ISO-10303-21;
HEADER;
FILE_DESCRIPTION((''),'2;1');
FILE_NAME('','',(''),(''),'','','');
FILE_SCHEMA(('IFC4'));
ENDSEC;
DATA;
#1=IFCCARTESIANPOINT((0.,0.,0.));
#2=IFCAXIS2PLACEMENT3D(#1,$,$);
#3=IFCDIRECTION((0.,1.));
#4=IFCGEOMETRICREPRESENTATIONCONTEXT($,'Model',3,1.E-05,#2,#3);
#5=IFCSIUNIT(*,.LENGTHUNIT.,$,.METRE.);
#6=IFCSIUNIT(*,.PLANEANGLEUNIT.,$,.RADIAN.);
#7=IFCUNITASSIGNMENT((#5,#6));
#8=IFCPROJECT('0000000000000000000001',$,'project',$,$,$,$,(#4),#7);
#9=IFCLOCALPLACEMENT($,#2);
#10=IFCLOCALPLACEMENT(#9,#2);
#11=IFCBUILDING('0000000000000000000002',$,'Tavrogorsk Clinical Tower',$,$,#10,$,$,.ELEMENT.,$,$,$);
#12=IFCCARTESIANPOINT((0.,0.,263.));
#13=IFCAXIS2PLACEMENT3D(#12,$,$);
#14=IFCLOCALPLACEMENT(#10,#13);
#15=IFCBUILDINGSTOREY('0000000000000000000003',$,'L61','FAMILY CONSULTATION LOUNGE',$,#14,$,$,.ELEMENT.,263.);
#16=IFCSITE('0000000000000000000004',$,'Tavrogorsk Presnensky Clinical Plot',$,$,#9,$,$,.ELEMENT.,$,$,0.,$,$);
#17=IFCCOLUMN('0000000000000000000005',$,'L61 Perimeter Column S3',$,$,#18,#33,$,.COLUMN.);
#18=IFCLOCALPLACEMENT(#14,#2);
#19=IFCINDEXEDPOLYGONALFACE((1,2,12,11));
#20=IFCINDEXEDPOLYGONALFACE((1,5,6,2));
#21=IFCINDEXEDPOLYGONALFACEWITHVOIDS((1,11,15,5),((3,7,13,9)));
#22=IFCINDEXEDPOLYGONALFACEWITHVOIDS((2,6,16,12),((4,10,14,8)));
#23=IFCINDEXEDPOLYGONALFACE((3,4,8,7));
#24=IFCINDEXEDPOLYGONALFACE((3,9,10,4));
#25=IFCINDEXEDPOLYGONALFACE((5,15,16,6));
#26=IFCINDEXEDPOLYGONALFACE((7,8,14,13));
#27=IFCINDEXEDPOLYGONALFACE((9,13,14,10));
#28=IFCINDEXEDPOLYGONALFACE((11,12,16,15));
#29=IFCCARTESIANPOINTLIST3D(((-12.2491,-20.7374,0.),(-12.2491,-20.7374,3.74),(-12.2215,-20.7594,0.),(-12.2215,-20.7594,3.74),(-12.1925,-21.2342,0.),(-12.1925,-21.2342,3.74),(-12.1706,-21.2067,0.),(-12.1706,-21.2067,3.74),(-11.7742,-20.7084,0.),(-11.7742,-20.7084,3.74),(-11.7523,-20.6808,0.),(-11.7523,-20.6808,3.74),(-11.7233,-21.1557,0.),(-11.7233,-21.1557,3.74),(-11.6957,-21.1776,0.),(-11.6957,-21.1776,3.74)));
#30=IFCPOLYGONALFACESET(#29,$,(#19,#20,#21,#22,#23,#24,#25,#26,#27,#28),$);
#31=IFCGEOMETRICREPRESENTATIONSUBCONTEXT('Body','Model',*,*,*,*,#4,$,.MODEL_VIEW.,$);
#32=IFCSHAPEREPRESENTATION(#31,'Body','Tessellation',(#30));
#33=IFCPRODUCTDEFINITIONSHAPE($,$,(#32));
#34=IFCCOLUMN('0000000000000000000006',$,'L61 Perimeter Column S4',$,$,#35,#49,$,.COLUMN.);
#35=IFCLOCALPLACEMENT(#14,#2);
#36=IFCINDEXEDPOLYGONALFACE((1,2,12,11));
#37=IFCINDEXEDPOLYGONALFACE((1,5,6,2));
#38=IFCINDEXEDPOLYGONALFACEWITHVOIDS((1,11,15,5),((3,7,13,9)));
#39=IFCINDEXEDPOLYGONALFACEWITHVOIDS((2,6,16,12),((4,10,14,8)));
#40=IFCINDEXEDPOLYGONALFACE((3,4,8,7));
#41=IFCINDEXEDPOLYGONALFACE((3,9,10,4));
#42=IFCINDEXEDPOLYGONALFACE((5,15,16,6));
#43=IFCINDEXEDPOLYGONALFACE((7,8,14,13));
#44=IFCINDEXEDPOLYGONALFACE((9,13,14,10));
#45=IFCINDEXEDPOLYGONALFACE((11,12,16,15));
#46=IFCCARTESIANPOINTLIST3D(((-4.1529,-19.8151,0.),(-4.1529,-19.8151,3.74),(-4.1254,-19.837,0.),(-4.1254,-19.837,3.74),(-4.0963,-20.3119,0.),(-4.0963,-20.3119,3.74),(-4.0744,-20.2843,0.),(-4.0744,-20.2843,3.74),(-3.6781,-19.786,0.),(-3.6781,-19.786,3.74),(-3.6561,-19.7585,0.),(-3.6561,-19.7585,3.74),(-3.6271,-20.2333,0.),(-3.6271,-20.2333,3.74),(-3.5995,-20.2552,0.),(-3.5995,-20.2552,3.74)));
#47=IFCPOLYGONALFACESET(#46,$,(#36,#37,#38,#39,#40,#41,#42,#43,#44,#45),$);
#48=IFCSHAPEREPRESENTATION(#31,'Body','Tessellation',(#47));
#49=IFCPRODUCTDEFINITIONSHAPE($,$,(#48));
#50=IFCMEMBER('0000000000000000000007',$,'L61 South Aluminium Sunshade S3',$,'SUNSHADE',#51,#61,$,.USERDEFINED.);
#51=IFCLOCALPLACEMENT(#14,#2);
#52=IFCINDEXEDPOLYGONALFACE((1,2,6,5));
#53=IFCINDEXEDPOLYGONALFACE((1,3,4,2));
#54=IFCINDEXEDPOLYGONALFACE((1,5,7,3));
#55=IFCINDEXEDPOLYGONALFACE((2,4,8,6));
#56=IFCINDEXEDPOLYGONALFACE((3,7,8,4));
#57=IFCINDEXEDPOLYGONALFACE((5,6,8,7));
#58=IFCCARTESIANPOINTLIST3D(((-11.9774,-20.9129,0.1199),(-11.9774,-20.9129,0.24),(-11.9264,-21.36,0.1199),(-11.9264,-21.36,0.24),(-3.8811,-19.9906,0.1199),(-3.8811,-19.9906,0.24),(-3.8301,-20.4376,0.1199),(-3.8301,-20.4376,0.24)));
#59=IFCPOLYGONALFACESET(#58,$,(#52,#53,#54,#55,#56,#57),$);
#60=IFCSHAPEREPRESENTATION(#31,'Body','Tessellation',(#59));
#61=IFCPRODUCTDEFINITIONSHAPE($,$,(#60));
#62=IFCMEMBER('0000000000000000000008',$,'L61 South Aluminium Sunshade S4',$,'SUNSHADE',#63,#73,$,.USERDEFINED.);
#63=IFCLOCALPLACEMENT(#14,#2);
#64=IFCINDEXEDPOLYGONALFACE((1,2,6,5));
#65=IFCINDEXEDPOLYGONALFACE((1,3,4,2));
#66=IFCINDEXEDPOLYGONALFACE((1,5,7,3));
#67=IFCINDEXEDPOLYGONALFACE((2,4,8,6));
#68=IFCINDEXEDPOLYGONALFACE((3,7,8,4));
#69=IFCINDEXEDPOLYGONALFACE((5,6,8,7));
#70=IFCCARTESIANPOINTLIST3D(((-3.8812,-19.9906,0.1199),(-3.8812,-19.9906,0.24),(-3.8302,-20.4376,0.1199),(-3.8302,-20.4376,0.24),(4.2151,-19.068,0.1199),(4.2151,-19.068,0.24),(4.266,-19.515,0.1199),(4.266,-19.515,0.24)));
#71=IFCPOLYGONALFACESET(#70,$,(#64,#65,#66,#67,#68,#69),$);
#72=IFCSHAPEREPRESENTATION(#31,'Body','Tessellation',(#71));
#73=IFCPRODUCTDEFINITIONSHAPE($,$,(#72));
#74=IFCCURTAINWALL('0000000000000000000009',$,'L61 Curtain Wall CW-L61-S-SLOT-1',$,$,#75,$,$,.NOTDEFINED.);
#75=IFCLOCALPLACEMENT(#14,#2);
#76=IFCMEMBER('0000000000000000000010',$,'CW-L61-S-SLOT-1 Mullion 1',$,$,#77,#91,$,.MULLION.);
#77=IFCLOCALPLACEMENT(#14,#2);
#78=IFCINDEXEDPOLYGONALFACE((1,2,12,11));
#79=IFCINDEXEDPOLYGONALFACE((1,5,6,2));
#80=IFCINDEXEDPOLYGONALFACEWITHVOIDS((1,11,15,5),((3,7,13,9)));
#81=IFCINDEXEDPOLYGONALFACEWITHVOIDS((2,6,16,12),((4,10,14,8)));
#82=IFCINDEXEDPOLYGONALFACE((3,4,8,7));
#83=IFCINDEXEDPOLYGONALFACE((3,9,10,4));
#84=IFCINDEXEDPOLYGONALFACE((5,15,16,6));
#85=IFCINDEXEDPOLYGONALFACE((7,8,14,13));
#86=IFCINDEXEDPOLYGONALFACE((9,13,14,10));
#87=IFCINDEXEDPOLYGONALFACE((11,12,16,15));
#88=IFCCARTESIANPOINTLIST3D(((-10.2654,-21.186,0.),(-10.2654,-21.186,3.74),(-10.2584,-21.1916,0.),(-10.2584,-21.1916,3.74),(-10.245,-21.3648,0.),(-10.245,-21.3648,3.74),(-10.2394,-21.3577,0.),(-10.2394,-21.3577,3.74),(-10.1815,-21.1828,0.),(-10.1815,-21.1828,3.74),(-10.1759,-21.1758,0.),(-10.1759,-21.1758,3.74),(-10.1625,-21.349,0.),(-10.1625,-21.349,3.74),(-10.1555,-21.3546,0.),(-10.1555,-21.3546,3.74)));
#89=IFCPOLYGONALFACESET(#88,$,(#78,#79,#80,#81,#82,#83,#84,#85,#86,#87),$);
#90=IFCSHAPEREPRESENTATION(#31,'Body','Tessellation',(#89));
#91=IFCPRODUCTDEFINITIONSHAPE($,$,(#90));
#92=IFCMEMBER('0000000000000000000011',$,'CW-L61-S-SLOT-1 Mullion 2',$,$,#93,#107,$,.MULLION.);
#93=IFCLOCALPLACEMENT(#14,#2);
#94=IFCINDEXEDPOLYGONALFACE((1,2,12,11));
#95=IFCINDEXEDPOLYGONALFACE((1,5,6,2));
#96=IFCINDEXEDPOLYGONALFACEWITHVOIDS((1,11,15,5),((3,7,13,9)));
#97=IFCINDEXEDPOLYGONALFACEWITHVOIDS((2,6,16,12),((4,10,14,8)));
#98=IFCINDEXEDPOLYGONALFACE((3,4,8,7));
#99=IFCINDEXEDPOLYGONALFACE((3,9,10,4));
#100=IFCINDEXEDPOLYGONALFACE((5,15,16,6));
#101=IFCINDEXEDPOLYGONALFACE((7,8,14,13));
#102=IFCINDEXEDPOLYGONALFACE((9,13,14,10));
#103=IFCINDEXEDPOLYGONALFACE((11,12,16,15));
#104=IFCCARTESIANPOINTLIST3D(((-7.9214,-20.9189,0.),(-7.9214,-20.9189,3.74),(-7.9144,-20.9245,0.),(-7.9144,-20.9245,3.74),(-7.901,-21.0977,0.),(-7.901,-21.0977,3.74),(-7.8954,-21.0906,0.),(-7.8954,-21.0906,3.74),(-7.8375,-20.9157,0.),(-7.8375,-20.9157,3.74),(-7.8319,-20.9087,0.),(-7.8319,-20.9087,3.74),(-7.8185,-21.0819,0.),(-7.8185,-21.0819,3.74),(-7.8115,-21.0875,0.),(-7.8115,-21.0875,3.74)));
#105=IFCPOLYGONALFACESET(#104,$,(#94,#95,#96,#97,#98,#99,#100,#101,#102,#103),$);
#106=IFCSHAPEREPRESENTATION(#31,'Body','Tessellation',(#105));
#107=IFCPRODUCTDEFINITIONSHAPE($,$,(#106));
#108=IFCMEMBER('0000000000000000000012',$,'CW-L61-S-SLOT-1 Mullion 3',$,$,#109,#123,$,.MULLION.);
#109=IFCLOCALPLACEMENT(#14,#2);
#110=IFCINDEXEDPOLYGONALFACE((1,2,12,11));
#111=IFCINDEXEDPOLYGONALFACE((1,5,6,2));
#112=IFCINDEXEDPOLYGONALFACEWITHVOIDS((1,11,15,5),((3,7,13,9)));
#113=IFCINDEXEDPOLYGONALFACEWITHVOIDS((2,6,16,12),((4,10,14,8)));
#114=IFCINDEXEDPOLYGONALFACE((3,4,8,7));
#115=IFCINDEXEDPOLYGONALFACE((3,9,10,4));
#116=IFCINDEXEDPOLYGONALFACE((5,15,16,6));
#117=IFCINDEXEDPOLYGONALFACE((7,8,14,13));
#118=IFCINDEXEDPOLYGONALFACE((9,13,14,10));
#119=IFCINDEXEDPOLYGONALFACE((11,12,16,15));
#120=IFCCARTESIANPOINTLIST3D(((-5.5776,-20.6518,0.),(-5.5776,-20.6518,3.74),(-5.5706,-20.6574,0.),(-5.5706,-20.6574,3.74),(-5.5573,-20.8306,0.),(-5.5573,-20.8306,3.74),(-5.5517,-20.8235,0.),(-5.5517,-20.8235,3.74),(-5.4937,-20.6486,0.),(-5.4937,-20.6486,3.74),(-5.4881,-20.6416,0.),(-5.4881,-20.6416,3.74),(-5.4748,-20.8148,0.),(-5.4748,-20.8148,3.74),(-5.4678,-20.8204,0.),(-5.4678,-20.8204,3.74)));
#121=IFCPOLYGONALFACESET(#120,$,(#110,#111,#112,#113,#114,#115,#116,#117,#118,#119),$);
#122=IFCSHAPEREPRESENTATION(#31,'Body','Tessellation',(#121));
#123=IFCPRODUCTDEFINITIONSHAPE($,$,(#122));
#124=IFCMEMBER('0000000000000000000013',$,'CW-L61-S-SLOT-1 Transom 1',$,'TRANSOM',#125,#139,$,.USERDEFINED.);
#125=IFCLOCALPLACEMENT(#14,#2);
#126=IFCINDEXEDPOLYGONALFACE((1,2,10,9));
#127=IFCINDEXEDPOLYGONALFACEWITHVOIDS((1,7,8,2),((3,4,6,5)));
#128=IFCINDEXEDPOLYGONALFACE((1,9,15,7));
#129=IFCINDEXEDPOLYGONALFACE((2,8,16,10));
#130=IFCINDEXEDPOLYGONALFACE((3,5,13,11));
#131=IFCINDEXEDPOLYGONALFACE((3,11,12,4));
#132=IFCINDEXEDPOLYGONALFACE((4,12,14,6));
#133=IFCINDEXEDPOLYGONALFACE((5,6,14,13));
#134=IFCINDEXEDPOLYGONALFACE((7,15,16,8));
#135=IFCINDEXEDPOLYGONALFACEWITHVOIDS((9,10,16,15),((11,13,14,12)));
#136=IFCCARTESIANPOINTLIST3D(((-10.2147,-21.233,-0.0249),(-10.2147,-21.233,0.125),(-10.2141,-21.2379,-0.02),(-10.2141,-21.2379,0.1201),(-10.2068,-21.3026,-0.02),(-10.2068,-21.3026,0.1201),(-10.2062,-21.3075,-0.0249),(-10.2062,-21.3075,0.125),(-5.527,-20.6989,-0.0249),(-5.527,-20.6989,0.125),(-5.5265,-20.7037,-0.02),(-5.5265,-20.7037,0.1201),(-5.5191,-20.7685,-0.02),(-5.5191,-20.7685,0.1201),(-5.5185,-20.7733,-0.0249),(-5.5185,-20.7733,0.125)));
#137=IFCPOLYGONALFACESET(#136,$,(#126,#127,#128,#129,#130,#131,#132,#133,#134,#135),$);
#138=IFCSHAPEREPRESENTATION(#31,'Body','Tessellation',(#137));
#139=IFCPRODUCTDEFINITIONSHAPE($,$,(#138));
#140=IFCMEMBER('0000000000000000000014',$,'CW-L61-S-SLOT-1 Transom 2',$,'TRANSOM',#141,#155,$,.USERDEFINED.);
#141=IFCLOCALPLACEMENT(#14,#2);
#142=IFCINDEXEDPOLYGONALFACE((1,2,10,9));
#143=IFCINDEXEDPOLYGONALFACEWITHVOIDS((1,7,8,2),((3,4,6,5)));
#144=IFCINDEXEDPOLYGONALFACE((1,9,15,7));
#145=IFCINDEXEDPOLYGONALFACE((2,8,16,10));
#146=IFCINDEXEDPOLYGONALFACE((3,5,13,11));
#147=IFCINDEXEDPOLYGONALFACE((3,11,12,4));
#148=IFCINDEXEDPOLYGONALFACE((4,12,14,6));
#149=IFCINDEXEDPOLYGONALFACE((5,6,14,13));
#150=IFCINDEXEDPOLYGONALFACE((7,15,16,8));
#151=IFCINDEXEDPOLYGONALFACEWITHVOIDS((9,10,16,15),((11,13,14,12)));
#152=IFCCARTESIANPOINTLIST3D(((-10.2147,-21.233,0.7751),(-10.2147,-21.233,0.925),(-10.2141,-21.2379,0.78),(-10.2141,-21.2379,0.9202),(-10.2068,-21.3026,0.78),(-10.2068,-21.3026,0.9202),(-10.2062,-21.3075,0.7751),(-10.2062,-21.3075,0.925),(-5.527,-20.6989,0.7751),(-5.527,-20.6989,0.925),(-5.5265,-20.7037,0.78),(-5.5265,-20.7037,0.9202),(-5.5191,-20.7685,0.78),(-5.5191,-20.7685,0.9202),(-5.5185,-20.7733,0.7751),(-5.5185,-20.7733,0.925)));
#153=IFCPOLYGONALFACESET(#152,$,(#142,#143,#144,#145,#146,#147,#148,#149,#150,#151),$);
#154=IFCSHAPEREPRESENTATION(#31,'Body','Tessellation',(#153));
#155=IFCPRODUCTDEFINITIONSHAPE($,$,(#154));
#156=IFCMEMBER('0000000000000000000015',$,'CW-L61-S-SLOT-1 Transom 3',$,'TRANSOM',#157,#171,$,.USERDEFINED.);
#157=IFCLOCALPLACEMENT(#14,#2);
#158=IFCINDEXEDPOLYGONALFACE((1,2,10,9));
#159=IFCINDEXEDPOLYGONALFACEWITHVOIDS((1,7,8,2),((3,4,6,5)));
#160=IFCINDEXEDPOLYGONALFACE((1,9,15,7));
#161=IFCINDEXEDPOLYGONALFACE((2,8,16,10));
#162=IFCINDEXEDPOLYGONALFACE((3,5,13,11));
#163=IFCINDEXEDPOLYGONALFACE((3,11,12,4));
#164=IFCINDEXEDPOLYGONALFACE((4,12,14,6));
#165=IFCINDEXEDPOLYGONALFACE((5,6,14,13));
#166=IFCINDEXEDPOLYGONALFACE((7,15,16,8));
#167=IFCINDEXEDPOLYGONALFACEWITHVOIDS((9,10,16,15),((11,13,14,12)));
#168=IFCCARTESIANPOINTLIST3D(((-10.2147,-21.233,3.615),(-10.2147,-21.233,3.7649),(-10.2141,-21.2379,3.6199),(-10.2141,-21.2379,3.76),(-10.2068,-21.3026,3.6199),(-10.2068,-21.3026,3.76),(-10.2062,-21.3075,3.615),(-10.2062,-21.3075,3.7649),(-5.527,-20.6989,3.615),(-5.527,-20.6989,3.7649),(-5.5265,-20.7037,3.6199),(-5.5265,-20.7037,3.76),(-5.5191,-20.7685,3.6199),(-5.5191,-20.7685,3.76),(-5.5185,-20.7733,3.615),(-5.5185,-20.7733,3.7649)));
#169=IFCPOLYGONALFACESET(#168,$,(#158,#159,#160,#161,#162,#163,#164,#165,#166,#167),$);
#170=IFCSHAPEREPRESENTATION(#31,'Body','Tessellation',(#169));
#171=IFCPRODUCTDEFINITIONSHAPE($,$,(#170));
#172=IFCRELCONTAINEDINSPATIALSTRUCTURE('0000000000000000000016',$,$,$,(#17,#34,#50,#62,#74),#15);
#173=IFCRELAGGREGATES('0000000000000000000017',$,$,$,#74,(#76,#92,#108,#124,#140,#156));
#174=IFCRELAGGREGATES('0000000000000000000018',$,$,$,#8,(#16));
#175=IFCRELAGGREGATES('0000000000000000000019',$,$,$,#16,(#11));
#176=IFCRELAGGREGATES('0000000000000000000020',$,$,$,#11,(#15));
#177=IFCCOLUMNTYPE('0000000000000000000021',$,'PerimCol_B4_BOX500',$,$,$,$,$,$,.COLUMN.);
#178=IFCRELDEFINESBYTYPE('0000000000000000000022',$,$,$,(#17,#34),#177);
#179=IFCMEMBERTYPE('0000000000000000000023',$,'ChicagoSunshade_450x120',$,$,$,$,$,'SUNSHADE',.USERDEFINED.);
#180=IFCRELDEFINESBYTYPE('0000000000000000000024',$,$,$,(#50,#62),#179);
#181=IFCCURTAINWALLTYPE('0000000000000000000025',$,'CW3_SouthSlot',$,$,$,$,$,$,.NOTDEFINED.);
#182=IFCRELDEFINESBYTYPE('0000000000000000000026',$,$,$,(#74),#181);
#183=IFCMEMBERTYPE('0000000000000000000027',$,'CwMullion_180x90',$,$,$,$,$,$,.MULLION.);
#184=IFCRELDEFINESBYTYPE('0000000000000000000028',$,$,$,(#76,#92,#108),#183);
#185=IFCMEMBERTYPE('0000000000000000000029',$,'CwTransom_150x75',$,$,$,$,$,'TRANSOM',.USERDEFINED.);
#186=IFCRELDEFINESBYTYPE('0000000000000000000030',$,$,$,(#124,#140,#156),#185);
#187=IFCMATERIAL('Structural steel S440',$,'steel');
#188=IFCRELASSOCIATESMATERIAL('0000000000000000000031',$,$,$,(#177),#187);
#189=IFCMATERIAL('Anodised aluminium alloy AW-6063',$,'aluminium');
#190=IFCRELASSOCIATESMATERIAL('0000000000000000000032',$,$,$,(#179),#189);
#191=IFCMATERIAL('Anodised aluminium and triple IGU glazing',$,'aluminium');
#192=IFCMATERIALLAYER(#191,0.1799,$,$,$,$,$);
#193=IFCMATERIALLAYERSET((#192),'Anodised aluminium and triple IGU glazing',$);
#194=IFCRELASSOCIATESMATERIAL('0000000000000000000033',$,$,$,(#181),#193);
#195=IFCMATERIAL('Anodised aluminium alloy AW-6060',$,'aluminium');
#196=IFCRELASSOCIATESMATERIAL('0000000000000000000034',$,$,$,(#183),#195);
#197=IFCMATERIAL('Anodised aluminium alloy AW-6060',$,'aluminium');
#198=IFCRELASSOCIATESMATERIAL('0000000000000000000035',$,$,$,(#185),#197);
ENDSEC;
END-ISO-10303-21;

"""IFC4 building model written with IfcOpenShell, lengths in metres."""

from ifc_helpers import new_model, si_unit, direction, frame, origin, origin_2d, place, context, subcontext, project, spatial, rectangle, hollow_rectangle, extrude, material, layer, layer_set, material_profile, profile_set, type_object, element, aggregate, save


model = new_model("IFC4")

# Units and contexts
model_context = context("Model", 3, precision=1e-05, world=origin(), true_north=direction((0.0, 1.0)))
body_context = subcontext(model_context, "Body", "Model", "MODEL_VIEW")
ifc_project = project(units=[si_unit("LENGTHUNIT", "METRE"), si_unit("PLANEANGLEUNIT", "RADIAN")], contexts=[model_context])

# Site, building, storey
site_placement = place(None, origin())
site = spatial("IfcSite", under=ifc_project, at=site_placement, Name="Tavrogorsk Presnensky Clinical Plot", CompositionType="ELEMENT", RefElevation=0.0)
building_placement = place(site_placement, origin())
building = spatial("IfcBuilding", under=site, at=building_placement, Name="Tavrogorsk Clinical Tower", CompositionType="ELEMENT")
storey_placement = place(building_placement, frame((0.0, 0.0, 263.0)))
storey = spatial("IfcBuildingStorey", under=building, at=storey_placement, Name="L61", Description="FAMILY CONSULTATION LOUNGE", CompositionType="ELEMENT", Elevation=263.0)

# Columns
ifc_material_1 = material(Name="Structural steel S440", Category="steel")
ifc_material_profile_1 = material_profile(ifc_material_1, hollow_rectangle(XDim=0.5, YDim=0.5, WallThickness=0.0249, at=origin_2d()), Name="BOX-500x500x25")
ifc_profile_set_1 = profile_set([ifc_material_profile_1], Name="Structural steel S440")
column_type = type_object("IfcColumnType", Name="PerimCol_B4_BOX500", PredefinedType="COLUMN", material=ifc_profile_set_1)
for number, where, z_axis, x_axis, name in (
    (1, (-11.9724, -20.9575, 0.0), (0.0, 0.0, 1.0), (0.993572, 0.113203, 0.0), "L61 Perimeter Column S3"),
    (2, (-3.8762, -20.0352, 0.0), (0.0, 0.0, 1.0), (0.993572, 0.113203, 0.0), "L61 Perimeter Column S4"),
):
    element("IfcColumn", number, at=place(storey_placement, frame(where, z_axis=z_axis, x_axis=x_axis)), inside=storey, type_object=column_type, Name=name, PredefinedType="COLUMN", context=body_context, shape_type="SweptSolid", body=[
        extrude(hollow_rectangle(XDim=0.5, YDim=0.5, WallThickness=0.0249, at=origin_2d()), origin(), (0.0, 0.0, 1.0), 3.74),
    ])

# Members
ifc_material_2 = material(Name="Anodised aluminium alloy AW-6063", Category="aluminium")
ifc_material_profile_2 = material_profile(ifc_material_2, rectangle(XDim=0.45, YDim=0.1201, at=origin_2d()), Name="ALU-SUNSHADE-450x120")
ifc_profile_set_2 = profile_set([ifc_material_profile_2], Name="Anodised aluminium alloy AW-6063")
member_type_1 = type_object("IfcMemberType", Name="ChicagoSunshade_450x120", ElementType="SUNSHADE", PredefinedType="USERDEFINED", material=ifc_profile_set_2)
for number, where, z_axis, x_axis, name in (
    (3, (-11.9519, -21.1365, 0.1799), (0.993573, 0.113193, 0.0), (-0.113193, 0.993573, 0.0), "L61 South Aluminium Sunshade S3"),
    (4, (-3.8557, -20.2141, 0.1799), (0.99357, 0.113223, 0.0), (-0.113223, 0.99357, 0.0), "L61 South Aluminium Sunshade S4"),
):
    element("IfcMember", number, at=place(storey_placement, frame(where, z_axis=z_axis, x_axis=x_axis)), inside=storey, type_object=member_type_1, Name=name, ObjectType="SUNSHADE", PredefinedType="USERDEFINED", context=body_context, shape_type="SweptSolid", body=[
        extrude(rectangle(XDim=0.45, YDim=0.1201, at=origin_2d()), origin(), (0.0, 0.0, 1.0), 8.1487),
    ])

# Curtain wall, members
ifc_material_3 = material(Name="Anodised aluminium and triple IGU glazing", Category="aluminium")
ifc_layer_1 = layer(ifc_material_3, 0.1799)
ifc_layer_set_1 = layer_set([ifc_layer_1], Name="Anodised aluminium and triple IGU glazing")
curtain_wall_type = type_object("IfcCurtainWallType", Name="CW3_SouthSlot", PredefinedType="NOTDEFINED", material=ifc_layer_set_1)
curtain_wall_placement = place(storey_placement, origin())
curtain_wall = element("IfcCurtainWall", 5, at=curtain_wall_placement, inside=storey, type_object=curtain_wall_type, Name="L61 Curtain Wall CW-L61-S-SLOT-1", PredefinedType="NOTDEFINED")
ifc_material_4 = material(Name="Anodised aluminium alloy AW-6060", Category="aluminium")
ifc_material_profile_3 = material_profile(ifc_material_4, hollow_rectangle(XDim=0.0901, YDim=0.1799, WallThickness=0.0063, at=origin_2d()), Name="RHS-180x90x6.3")
ifc_profile_set_3 = profile_set([ifc_material_profile_3], Name="Anodised aluminium alloy AW-6060")
member_type_2 = type_object("IfcMemberType", Name="CwMullion_180x90", PredefinedType="MULLION", material=ifc_profile_set_3)
member_1_placement = place(storey_placement, frame((-10.2104, -21.2703, 0.0), z_axis=(0.0, 0.0, 1.0), x_axis=(0.993572, 0.113203, 0.0)))
member_1 = element("IfcMember", 6, at=member_1_placement, type_object=member_type_2, Name="CW-L61-S-SLOT-1 Mullion 1", PredefinedType="MULLION", context=body_context, shape_type="SweptSolid", body=[
    extrude(hollow_rectangle(XDim=0.0901, YDim=0.1799, WallThickness=0.0063, at=origin_2d()), origin(), (0.0, 0.0, 1.0), 3.74),
])
member_2_placement = place(storey_placement, frame((-7.8665, -21.0032, 0.0), z_axis=(0.0, 0.0, 1.0), x_axis=(0.993572, 0.113203, 0.0)))
member_2 = element("IfcMember", 7, at=member_2_placement, type_object=member_type_2, Name="CW-L61-S-SLOT-1 Mullion 2", PredefinedType="MULLION", context=body_context, shape_type="SweptSolid", body=[
    extrude(hollow_rectangle(XDim=0.0901, YDim=0.1799, WallThickness=0.0063, at=origin_2d()), origin(), (0.0, 0.0, 1.0), 3.74),
])
member_3_placement = place(storey_placement, frame((-5.5227, -20.7361, 0.0), z_axis=(0.0, 0.0, 1.0), x_axis=(0.993572, 0.113203, 0.0)))
member_3 = element("IfcMember", 8, at=member_3_placement, type_object=member_type_2, Name="CW-L61-S-SLOT-1 Mullion 3", PredefinedType="MULLION", context=body_context, shape_type="SweptSolid", body=[
    extrude(hollow_rectangle(XDim=0.0901, YDim=0.1799, WallThickness=0.0063, at=origin_2d()), origin(), (0.0, 0.0, 1.0), 3.74),
])
ifc_material_5 = material(Name="Anodised aluminium alloy AW-6060", Category="aluminium")
ifc_material_profile_4 = material_profile(ifc_material_5, hollow_rectangle(XDim=0.075, YDim=0.1499, WallThickness=0.0049, at=origin_2d()), Name="RHS-150x75x5")
ifc_profile_set_4 = profile_set([ifc_material_profile_4], Name="Anodised aluminium alloy AW-6060")
member_type_3 = type_object("IfcMemberType", Name="CwTransom_150x75", ElementType="TRANSOM", PredefinedType="USERDEFINED", material=ifc_profile_set_4)
member_4_placement = place(storey_placement, frame((-10.2104, -21.2703, 0.05), z_axis=(0.99357, 0.11322, 0.0), x_axis=(-0.11322, 0.99357, 0.0)))
member_4 = element("IfcMember", 9, at=member_4_placement, type_object=member_type_3, Name="CW-L61-S-SLOT-1 Transom 1", ObjectType="TRANSOM", PredefinedType="USERDEFINED", context=body_context, shape_type="SweptSolid", body=[
    extrude(hollow_rectangle(XDim=0.075, YDim=0.1499, WallThickness=0.0049, at=origin_2d()), origin(), (0.0, 0.0, 1.0), 4.718),
])
member_5_placement = place(storey_placement, frame((-10.2104, -21.2703, 0.8501), z_axis=(0.99357, 0.11322, 0.0), x_axis=(-0.11322, 0.99357, 0.0)))
member_5 = element("IfcMember", 10, at=member_5_placement, type_object=member_type_3, Name="CW-L61-S-SLOT-1 Transom 2", ObjectType="TRANSOM", PredefinedType="USERDEFINED", context=body_context, shape_type="SweptSolid", body=[
    extrude(hollow_rectangle(XDim=0.075, YDim=0.1499, WallThickness=0.0049, at=origin_2d()), origin(), (0.0, 0.0, 1.0), 4.718),
])
member_6_placement = place(storey_placement, frame((-10.2104, -21.2703, 3.6899), z_axis=(0.99357, 0.11322, 0.0), x_axis=(-0.11322, 0.99357, 0.0)))
member_6 = element("IfcMember", 11, at=member_6_placement, type_object=member_type_3, Name="CW-L61-S-SLOT-1 Transom 3", ObjectType="TRANSOM", PredefinedType="USERDEFINED", context=body_context, shape_type="SweptSolid", body=[
    extrude(hollow_rectangle(XDim=0.075, YDim=0.1499, WallThickness=0.0049, at=origin_2d()), origin(), (0.0, 0.0, 1.0), 4.718),
])

aggregate(curtain_wall, [member_1, member_2, member_3, member_4, member_5, member_6])

save(model, "model.ifc")
